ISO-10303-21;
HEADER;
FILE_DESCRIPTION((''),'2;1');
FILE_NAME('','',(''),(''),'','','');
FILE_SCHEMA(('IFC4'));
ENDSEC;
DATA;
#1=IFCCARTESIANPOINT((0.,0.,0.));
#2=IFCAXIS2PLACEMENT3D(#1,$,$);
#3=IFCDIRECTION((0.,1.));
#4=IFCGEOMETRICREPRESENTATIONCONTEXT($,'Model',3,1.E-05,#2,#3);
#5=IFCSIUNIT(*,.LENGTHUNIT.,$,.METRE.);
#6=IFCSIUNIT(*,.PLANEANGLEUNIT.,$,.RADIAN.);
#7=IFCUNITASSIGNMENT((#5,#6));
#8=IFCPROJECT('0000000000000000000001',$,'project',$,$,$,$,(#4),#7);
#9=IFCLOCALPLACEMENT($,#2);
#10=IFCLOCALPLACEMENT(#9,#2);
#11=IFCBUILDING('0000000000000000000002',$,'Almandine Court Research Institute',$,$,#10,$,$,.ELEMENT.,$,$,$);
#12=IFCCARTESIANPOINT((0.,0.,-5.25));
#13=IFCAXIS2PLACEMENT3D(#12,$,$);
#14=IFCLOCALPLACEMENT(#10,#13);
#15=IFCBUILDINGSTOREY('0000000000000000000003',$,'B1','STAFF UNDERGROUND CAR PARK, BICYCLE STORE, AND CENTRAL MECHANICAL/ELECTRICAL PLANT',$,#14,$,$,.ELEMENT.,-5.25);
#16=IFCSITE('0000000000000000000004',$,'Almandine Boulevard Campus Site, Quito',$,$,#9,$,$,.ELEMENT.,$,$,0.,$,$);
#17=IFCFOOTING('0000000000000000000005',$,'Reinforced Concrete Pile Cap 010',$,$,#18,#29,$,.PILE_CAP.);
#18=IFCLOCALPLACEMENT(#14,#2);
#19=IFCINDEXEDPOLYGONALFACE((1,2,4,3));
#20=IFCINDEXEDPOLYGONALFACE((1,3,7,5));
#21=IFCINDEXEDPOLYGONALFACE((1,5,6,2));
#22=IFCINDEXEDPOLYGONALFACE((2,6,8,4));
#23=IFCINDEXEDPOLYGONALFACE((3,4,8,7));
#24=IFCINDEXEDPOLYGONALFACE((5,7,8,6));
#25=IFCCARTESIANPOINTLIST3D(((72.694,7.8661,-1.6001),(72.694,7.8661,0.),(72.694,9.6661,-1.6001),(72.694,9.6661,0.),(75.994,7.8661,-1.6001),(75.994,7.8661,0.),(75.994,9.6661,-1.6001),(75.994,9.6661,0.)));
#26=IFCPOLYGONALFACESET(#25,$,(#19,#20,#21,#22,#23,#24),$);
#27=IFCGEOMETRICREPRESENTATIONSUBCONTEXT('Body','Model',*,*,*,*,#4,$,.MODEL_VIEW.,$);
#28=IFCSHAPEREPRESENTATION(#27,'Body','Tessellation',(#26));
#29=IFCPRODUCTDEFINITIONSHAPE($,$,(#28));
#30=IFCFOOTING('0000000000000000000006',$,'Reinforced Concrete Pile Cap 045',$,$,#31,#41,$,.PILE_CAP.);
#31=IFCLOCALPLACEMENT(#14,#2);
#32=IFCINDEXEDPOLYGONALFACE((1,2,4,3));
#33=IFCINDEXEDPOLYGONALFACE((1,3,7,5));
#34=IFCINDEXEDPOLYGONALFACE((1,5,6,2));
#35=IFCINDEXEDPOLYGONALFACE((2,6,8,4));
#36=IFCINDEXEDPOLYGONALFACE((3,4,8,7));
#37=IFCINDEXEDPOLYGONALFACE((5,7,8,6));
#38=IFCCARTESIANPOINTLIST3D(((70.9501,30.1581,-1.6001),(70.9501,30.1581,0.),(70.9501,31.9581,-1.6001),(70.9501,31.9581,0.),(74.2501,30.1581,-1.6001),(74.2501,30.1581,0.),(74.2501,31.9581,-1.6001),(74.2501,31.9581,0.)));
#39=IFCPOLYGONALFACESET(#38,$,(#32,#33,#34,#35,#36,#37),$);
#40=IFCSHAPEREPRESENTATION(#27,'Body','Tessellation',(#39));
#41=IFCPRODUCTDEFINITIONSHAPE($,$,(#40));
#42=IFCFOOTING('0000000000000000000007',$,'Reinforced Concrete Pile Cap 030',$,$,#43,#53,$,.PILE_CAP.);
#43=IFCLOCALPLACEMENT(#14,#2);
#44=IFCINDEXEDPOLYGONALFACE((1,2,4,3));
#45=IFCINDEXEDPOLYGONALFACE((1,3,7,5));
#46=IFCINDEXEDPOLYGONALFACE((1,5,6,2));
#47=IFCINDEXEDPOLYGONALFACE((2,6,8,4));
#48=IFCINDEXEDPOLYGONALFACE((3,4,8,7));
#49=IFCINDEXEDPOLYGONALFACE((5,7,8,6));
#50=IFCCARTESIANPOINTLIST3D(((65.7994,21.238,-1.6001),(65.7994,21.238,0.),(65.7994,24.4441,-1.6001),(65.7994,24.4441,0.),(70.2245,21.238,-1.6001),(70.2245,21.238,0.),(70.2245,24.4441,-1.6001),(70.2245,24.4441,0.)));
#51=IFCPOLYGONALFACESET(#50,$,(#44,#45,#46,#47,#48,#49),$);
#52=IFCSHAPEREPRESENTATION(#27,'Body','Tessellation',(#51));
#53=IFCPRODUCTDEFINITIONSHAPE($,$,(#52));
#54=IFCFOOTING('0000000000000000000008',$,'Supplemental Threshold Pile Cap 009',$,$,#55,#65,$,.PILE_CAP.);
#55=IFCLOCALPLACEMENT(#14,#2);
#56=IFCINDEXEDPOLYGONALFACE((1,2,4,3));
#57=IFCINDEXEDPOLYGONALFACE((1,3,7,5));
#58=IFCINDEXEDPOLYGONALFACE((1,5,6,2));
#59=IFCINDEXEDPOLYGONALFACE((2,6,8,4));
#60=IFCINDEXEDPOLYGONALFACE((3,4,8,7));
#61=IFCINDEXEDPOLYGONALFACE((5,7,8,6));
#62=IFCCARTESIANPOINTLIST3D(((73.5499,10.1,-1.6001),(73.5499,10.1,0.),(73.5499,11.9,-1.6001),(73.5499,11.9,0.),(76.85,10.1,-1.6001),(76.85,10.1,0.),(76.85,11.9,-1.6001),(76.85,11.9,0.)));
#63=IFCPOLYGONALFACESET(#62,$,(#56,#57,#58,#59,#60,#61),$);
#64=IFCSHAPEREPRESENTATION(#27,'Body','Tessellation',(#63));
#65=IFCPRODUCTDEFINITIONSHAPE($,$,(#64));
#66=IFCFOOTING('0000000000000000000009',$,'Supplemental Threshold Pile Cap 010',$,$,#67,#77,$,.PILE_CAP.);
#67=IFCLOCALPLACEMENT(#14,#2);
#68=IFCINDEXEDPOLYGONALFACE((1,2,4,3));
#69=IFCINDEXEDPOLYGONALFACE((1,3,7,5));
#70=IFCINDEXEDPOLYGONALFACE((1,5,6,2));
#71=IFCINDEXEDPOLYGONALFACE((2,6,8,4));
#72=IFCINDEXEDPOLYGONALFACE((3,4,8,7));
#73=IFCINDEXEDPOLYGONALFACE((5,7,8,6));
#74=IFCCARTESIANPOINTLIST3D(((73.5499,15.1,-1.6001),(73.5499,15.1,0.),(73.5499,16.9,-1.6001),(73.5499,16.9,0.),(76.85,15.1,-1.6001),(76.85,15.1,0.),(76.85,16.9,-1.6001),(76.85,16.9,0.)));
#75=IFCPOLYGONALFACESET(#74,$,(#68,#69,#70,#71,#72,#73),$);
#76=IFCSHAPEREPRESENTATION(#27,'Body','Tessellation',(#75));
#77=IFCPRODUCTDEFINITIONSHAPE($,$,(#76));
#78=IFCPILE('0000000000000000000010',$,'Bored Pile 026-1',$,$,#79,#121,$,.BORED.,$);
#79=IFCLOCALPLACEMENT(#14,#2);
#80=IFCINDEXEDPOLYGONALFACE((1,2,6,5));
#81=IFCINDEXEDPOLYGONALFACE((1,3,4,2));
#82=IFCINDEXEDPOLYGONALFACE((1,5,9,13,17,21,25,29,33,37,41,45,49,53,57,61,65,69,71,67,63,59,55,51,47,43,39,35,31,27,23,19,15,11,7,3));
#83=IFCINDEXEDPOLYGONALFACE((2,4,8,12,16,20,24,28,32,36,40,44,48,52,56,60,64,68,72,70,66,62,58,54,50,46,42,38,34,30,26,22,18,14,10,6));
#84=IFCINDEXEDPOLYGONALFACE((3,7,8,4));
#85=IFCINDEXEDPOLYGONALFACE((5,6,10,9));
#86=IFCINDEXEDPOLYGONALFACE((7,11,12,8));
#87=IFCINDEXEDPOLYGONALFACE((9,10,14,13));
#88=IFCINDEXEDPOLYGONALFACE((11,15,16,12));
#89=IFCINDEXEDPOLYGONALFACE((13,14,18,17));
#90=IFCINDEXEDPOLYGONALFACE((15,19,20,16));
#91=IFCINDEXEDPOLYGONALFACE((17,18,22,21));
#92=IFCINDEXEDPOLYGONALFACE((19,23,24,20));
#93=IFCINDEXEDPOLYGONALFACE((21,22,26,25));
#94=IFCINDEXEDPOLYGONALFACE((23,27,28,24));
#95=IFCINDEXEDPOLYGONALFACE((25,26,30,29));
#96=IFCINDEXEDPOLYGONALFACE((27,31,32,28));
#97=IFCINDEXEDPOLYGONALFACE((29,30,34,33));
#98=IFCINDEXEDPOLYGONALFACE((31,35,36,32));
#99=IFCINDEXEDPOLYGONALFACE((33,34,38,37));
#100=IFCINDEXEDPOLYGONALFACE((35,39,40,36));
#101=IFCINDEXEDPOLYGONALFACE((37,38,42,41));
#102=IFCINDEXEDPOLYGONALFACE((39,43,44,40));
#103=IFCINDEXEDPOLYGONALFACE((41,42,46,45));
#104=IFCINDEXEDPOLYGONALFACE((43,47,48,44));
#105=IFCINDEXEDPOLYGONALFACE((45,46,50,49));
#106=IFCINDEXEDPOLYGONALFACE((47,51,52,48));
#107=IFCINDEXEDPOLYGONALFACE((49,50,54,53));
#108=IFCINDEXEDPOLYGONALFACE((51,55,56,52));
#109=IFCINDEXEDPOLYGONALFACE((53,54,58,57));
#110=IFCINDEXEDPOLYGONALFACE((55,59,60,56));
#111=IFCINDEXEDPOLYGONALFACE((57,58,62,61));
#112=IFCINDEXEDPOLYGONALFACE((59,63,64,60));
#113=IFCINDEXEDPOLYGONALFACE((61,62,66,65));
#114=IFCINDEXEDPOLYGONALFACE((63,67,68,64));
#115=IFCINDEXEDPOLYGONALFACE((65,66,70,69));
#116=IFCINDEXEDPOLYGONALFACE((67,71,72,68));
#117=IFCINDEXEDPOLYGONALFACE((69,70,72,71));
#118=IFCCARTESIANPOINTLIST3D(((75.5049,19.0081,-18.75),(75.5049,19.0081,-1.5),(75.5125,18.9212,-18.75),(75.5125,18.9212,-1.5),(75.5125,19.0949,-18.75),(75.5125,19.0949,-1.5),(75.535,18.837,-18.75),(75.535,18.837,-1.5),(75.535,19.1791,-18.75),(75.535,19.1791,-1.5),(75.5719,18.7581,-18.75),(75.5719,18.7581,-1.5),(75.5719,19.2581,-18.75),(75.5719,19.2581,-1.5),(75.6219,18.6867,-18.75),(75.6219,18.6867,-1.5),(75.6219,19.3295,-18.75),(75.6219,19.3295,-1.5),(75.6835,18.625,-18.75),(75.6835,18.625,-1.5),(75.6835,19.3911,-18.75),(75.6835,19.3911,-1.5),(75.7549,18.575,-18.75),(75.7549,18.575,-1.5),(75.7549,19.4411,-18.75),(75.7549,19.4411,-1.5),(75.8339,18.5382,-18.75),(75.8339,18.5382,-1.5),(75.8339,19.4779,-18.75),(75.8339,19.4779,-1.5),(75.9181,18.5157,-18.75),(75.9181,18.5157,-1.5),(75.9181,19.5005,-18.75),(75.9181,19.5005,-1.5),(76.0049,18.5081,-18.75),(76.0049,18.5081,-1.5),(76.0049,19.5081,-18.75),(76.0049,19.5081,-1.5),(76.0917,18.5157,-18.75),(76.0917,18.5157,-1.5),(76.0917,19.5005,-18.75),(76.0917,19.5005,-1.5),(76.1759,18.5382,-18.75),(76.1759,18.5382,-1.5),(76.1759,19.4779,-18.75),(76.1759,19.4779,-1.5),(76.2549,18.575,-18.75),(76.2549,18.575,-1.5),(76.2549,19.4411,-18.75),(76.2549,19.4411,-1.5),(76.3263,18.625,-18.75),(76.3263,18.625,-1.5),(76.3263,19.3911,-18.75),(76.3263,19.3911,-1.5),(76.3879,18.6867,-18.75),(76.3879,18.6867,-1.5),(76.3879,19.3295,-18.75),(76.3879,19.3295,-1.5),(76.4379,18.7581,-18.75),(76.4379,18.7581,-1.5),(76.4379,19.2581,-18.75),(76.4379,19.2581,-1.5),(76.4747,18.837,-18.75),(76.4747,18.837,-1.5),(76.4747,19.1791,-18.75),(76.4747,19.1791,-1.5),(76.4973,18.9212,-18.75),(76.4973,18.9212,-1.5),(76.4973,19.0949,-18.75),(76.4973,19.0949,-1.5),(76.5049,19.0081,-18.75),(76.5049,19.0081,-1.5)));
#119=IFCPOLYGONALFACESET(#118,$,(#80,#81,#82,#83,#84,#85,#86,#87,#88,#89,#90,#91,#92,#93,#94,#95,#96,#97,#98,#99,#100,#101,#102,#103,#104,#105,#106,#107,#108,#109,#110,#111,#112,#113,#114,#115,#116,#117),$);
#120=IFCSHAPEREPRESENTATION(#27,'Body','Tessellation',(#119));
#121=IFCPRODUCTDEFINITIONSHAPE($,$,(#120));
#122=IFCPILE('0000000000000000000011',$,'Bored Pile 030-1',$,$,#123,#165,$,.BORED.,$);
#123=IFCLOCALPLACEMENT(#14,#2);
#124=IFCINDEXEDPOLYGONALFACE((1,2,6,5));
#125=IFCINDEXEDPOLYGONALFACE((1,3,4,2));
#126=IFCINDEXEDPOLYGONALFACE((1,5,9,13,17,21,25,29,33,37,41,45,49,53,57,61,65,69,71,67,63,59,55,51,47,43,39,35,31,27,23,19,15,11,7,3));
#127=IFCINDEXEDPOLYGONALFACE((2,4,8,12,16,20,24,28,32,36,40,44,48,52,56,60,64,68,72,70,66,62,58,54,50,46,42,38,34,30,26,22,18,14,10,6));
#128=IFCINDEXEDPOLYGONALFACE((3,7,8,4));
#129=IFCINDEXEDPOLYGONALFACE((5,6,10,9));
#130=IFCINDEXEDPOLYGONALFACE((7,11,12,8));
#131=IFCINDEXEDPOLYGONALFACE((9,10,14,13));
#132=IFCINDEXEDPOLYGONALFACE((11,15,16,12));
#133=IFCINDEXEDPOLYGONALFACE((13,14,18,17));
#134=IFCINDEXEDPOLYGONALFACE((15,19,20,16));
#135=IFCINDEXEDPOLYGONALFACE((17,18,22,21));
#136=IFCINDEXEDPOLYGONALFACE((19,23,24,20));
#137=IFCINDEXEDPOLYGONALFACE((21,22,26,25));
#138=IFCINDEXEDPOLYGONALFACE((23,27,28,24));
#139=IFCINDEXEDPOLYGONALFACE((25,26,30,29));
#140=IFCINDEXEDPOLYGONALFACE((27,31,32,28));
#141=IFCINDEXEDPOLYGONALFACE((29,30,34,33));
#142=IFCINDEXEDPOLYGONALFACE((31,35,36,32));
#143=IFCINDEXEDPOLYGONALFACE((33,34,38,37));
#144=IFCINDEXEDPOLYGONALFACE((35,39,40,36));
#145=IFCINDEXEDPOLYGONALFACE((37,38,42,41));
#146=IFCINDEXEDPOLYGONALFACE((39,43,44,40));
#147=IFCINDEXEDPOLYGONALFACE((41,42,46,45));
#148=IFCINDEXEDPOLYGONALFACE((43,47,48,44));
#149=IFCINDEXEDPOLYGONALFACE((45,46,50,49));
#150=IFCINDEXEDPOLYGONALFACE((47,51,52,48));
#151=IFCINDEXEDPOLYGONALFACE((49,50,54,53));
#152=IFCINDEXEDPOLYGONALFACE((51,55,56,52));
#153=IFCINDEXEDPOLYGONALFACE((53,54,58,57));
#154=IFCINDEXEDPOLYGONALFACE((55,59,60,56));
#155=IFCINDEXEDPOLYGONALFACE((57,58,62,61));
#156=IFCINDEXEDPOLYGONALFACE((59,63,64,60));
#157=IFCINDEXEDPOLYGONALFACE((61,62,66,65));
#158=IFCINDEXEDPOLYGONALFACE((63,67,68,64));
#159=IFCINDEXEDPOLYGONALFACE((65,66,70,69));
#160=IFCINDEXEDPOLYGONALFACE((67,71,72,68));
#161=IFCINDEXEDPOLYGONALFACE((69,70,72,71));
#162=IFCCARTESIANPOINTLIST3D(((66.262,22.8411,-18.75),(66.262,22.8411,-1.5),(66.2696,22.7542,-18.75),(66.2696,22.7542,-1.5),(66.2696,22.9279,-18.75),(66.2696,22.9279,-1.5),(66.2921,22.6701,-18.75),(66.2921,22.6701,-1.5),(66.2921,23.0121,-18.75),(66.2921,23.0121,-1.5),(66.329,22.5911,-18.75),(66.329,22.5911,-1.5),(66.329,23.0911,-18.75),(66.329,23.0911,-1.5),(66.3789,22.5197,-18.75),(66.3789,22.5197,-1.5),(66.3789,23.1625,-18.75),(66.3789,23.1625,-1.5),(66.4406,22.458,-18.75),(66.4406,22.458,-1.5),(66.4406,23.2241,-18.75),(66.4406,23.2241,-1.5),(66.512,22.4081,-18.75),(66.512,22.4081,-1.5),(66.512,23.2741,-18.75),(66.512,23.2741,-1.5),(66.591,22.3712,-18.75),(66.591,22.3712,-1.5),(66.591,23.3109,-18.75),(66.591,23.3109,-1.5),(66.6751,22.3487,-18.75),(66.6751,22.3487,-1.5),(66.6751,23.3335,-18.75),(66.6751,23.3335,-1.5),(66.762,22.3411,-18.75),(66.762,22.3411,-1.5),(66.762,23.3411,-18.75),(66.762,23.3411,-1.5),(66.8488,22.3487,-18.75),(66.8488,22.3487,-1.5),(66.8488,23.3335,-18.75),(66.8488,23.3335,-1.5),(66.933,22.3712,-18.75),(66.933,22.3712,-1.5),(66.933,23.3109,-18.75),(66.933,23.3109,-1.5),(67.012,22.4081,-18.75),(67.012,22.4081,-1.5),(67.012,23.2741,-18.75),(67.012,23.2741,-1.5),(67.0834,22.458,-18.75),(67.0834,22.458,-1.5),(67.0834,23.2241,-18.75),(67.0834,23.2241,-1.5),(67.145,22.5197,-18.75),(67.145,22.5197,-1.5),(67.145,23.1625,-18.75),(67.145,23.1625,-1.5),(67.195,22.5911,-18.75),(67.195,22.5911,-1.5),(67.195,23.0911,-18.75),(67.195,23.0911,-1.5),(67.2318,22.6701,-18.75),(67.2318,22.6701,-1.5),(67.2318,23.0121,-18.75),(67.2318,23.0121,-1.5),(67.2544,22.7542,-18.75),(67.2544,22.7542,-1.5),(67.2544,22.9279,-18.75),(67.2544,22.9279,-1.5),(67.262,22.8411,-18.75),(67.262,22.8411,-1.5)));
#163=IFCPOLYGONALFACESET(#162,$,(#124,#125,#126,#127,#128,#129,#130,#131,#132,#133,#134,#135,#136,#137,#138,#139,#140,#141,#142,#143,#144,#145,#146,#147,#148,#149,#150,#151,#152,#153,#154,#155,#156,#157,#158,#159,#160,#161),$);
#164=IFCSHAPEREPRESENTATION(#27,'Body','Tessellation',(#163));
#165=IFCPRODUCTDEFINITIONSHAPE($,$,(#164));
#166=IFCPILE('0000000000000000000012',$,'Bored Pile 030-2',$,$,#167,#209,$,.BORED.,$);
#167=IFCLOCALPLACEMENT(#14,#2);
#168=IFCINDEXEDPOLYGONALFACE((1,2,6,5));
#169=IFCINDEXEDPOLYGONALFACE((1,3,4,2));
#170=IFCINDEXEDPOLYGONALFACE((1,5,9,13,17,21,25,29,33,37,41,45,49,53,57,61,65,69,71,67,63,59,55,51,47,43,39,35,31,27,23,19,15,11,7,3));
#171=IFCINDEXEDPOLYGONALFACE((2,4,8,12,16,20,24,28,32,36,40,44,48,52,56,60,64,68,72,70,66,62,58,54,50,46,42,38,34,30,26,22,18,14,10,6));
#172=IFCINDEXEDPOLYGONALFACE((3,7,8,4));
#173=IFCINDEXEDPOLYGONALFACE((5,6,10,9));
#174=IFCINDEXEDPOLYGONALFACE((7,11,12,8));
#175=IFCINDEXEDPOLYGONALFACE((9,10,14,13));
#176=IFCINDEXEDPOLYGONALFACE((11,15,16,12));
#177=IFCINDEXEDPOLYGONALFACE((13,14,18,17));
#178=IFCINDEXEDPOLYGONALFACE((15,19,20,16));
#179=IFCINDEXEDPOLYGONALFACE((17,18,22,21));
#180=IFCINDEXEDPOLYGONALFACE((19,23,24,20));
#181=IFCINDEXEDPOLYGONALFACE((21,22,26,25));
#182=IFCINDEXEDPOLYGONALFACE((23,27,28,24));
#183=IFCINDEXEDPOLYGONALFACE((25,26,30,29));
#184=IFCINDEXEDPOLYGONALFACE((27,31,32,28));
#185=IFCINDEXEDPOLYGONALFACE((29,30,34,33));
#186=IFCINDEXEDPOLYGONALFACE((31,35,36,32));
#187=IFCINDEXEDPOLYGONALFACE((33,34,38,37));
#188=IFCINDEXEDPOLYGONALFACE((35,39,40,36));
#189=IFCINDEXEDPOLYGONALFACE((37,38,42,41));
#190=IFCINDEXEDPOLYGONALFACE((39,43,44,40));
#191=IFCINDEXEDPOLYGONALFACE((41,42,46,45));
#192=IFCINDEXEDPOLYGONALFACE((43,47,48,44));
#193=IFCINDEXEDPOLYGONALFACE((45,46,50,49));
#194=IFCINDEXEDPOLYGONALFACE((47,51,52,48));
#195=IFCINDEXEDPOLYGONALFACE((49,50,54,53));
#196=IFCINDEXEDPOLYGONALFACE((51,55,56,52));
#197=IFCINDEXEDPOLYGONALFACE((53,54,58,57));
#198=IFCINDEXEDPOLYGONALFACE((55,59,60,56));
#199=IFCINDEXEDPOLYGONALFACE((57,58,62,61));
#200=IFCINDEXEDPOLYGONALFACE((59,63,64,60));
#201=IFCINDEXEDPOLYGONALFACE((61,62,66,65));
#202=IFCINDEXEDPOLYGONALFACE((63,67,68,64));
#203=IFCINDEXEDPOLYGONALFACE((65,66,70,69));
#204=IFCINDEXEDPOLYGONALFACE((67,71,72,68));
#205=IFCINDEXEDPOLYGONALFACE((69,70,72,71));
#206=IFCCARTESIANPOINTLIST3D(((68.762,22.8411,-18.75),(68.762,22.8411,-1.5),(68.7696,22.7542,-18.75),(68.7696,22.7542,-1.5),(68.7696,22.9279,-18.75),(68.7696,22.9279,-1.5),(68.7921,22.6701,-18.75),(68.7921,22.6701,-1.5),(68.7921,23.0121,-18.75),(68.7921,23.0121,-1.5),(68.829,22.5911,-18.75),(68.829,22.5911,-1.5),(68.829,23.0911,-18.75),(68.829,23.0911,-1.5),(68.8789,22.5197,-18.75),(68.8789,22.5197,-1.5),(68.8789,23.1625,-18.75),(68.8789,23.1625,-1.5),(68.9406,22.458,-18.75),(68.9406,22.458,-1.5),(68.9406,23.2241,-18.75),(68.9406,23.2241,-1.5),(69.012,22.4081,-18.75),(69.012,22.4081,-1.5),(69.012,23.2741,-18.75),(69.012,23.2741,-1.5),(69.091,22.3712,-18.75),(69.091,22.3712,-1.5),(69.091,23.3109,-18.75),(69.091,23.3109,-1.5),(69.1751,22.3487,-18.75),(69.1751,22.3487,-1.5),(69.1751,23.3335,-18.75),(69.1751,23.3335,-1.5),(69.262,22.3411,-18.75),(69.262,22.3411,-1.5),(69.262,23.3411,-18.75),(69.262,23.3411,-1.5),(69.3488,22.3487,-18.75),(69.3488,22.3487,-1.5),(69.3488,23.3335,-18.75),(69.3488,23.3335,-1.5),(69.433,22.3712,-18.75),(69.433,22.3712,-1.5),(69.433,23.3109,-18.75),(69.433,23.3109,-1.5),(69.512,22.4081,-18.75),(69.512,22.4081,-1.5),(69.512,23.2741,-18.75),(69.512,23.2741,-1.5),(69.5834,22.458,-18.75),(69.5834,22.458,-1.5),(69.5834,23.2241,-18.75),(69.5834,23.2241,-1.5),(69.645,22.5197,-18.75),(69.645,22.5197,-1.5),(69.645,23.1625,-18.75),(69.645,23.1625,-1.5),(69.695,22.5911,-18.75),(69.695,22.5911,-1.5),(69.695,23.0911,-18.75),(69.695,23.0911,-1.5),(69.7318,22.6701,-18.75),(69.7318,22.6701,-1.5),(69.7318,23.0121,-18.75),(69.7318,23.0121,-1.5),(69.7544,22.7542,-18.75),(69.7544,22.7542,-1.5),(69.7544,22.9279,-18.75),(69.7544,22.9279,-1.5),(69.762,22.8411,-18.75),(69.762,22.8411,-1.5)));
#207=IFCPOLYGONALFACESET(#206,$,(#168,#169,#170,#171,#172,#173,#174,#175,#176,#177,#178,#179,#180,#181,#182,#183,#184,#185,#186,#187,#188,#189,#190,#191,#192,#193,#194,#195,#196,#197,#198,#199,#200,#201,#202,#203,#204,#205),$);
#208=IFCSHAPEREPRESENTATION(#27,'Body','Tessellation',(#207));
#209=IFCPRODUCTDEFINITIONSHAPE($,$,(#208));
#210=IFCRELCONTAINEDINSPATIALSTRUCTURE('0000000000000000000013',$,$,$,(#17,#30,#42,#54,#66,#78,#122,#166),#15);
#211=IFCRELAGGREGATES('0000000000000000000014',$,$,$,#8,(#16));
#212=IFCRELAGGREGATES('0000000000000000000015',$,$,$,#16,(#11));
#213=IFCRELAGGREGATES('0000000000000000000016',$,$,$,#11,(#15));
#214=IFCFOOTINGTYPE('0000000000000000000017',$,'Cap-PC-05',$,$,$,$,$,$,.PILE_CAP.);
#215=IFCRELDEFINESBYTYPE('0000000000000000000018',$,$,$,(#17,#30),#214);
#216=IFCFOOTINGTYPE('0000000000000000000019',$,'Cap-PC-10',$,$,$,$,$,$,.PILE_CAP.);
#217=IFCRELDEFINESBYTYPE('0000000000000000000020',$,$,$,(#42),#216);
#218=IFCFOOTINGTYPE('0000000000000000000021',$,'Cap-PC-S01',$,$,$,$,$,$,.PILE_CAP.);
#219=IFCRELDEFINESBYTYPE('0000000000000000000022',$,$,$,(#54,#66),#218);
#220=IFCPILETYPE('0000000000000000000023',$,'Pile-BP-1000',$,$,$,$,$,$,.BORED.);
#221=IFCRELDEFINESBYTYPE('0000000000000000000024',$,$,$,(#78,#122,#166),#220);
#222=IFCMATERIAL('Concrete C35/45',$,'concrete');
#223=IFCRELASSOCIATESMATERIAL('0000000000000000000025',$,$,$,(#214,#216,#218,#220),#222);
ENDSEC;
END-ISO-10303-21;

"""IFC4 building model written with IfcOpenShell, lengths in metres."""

from ifc_helpers import new_model, si_unit, direction, frame, origin, origin_2d, place, context, subcontext, project, spatial, rectangle, circle, extrude, material, material_profile, profile_set, type_object, element, save


model = new_model("IFC4")

# Units and contexts
model_context = context("Model", 3, precision=1e-05, world=origin(), true_north=direction((0.0, 1.0)))
body_context = subcontext(model_context, "Body", "Model", "MODEL_VIEW")
ifc_project = project(units=[si_unit("LENGTHUNIT", "METRE"), si_unit("PLANEANGLEUNIT", "RADIAN")], contexts=[model_context])

# Site, building, storey
site_placement = place(None, origin())
site = spatial("IfcSite", under=ifc_project, at=site_placement, Name="Almandine Boulevard Campus Site, Quito", CompositionType="ELEMENT", RefElevation=0.0)
building_placement = place(site_placement, origin())
building = spatial("IfcBuilding", under=site, at=building_placement, Name="Almandine Court Research Institute", CompositionType="ELEMENT")
storey_placement = place(building_placement, frame((0.0, 0.0, -5.25)))
storey = spatial("IfcBuildingStorey", under=building, at=storey_placement, Name="B1", Description="STAFF UNDERGROUND CAR PARK, BICYCLE STORE, AND CENTRAL MECHANICAL/ELECTRICAL PLANT", CompositionType="ELEMENT", Elevation=-5.25)

# Footings
ifc_material_1 = material(Name="Concrete C35/45", Category="concrete")
footing_type_1 = type_object("IfcFootingType", Name="Cap-PC-05", PredefinedType="PILE_CAP", material=ifc_material_1)
for number, where, z_axis, x_axis, name in (
    (1, (74.344, 8.7661, -1.6001), (0.0, 0.0, 1.0), (1.0, 0.0, 0.0), "Reinforced Concrete Pile Cap 010"),
    (2, (72.6001, 31.0581, -1.6001), (0.0, 0.0, 1.0), (1.0, 0.0, 0.0), "Reinforced Concrete Pile Cap 045"),
):
    element("IfcFooting", number, at=place(storey_placement, frame(where, z_axis=z_axis, x_axis=x_axis)), inside=storey, type_object=footing_type_1, Name=name, PredefinedType="PILE_CAP", context=body_context, shape_type="SweptSolid", body=[
        extrude(rectangle(XDim=3.3, YDim=1.8, at=origin_2d()), origin(), (0.0, 0.0, 1.0), 1.6001),
    ])
footing_type_2 = type_object("IfcFootingType", Name="Cap-PC-10", PredefinedType="PILE_CAP", material=ifc_material_1)
footing_1_placement = place(storey_placement, frame((68.012, 22.8411, -1.6001), z_axis=(0.0, 0.0, 1.0), x_axis=(1.0, 0.0, 0.0)))
element("IfcFooting", 3, at=footing_1_placement, inside=storey, type_object=footing_type_2, Name="Reinforced Concrete Pile Cap 030", PredefinedType="PILE_CAP", context=body_context, shape_type="SweptSolid", body=[
    extrude(rectangle(XDim=4.425, YDim=3.2061, at=origin_2d()), origin(), (0.0, 0.0, 1.0), 1.6001),
])
footing_type_3 = type_object("IfcFootingType", Name="Cap-PC-S01", PredefinedType="PILE_CAP", material=ifc_material_1)
for number, where, z_axis, x_axis, name in (
    (4, (75.2, 11.0, -1.6001), (0.0, 0.0, 1.0), (1.0, 0.0, 0.0), "Supplemental Threshold Pile Cap 009"),
    (5, (75.2, 16.0, -1.6001), (0.0, 0.0, 1.0), (1.0, 0.0, 0.0), "Supplemental Threshold Pile Cap 010"),
):
    element("IfcFooting", number, at=place(storey_placement, frame(where, z_axis=z_axis, x_axis=x_axis)), inside=storey, type_object=footing_type_3, Name=name, PredefinedType="PILE_CAP", context=body_context, shape_type="SweptSolid", body=[
        extrude(rectangle(XDim=3.3, YDim=1.8, at=origin_2d()), origin(), (0.0, 0.0, 1.0), 1.6001),
    ])

# Piles
ifc_material_profile_1 = material_profile(ifc_material_1, circle(Radius=0.5, at=origin_2d()), Name="BORED PILE D1000")
ifc_profile_set_1 = profile_set([ifc_material_profile_1], Name="Concrete C35/45")
pile_type_1 = type_object("IfcPileType", Name="Pile-BP-1000", PredefinedType="BORED", material=ifc_profile_set_1)
for number, where, z_axis, x_axis, name in (
    (6, (76.0049, 19.0081, -1.5), (0.0, 0.0, -1.0), (1.0, 0.0, 0.0), "Bored Pile 026-1"),
    (7, (66.762, 22.8411, -1.5), (0.0, 0.0, -1.0), (1.0, 0.0, 0.0), "Bored Pile 030-1"),
    (8, (69.262, 22.8411, -1.5), (0.0, 0.0, -1.0), (1.0, 0.0, 0.0), "Bored Pile 030-2"),
):
    element("IfcPile", number, at=place(storey_placement, frame(where, z_axis=z_axis, x_axis=x_axis)), inside=storey, type_object=pile_type_1, Name=name, PredefinedType="BORED", context=body_context, shape_type="SweptSolid", body=[
        extrude(circle(Radius=0.5, at=origin_2d()), origin(), (0.0, 0.0, 1.0), 17.25),
    ])

save(model, "model.ifc")
